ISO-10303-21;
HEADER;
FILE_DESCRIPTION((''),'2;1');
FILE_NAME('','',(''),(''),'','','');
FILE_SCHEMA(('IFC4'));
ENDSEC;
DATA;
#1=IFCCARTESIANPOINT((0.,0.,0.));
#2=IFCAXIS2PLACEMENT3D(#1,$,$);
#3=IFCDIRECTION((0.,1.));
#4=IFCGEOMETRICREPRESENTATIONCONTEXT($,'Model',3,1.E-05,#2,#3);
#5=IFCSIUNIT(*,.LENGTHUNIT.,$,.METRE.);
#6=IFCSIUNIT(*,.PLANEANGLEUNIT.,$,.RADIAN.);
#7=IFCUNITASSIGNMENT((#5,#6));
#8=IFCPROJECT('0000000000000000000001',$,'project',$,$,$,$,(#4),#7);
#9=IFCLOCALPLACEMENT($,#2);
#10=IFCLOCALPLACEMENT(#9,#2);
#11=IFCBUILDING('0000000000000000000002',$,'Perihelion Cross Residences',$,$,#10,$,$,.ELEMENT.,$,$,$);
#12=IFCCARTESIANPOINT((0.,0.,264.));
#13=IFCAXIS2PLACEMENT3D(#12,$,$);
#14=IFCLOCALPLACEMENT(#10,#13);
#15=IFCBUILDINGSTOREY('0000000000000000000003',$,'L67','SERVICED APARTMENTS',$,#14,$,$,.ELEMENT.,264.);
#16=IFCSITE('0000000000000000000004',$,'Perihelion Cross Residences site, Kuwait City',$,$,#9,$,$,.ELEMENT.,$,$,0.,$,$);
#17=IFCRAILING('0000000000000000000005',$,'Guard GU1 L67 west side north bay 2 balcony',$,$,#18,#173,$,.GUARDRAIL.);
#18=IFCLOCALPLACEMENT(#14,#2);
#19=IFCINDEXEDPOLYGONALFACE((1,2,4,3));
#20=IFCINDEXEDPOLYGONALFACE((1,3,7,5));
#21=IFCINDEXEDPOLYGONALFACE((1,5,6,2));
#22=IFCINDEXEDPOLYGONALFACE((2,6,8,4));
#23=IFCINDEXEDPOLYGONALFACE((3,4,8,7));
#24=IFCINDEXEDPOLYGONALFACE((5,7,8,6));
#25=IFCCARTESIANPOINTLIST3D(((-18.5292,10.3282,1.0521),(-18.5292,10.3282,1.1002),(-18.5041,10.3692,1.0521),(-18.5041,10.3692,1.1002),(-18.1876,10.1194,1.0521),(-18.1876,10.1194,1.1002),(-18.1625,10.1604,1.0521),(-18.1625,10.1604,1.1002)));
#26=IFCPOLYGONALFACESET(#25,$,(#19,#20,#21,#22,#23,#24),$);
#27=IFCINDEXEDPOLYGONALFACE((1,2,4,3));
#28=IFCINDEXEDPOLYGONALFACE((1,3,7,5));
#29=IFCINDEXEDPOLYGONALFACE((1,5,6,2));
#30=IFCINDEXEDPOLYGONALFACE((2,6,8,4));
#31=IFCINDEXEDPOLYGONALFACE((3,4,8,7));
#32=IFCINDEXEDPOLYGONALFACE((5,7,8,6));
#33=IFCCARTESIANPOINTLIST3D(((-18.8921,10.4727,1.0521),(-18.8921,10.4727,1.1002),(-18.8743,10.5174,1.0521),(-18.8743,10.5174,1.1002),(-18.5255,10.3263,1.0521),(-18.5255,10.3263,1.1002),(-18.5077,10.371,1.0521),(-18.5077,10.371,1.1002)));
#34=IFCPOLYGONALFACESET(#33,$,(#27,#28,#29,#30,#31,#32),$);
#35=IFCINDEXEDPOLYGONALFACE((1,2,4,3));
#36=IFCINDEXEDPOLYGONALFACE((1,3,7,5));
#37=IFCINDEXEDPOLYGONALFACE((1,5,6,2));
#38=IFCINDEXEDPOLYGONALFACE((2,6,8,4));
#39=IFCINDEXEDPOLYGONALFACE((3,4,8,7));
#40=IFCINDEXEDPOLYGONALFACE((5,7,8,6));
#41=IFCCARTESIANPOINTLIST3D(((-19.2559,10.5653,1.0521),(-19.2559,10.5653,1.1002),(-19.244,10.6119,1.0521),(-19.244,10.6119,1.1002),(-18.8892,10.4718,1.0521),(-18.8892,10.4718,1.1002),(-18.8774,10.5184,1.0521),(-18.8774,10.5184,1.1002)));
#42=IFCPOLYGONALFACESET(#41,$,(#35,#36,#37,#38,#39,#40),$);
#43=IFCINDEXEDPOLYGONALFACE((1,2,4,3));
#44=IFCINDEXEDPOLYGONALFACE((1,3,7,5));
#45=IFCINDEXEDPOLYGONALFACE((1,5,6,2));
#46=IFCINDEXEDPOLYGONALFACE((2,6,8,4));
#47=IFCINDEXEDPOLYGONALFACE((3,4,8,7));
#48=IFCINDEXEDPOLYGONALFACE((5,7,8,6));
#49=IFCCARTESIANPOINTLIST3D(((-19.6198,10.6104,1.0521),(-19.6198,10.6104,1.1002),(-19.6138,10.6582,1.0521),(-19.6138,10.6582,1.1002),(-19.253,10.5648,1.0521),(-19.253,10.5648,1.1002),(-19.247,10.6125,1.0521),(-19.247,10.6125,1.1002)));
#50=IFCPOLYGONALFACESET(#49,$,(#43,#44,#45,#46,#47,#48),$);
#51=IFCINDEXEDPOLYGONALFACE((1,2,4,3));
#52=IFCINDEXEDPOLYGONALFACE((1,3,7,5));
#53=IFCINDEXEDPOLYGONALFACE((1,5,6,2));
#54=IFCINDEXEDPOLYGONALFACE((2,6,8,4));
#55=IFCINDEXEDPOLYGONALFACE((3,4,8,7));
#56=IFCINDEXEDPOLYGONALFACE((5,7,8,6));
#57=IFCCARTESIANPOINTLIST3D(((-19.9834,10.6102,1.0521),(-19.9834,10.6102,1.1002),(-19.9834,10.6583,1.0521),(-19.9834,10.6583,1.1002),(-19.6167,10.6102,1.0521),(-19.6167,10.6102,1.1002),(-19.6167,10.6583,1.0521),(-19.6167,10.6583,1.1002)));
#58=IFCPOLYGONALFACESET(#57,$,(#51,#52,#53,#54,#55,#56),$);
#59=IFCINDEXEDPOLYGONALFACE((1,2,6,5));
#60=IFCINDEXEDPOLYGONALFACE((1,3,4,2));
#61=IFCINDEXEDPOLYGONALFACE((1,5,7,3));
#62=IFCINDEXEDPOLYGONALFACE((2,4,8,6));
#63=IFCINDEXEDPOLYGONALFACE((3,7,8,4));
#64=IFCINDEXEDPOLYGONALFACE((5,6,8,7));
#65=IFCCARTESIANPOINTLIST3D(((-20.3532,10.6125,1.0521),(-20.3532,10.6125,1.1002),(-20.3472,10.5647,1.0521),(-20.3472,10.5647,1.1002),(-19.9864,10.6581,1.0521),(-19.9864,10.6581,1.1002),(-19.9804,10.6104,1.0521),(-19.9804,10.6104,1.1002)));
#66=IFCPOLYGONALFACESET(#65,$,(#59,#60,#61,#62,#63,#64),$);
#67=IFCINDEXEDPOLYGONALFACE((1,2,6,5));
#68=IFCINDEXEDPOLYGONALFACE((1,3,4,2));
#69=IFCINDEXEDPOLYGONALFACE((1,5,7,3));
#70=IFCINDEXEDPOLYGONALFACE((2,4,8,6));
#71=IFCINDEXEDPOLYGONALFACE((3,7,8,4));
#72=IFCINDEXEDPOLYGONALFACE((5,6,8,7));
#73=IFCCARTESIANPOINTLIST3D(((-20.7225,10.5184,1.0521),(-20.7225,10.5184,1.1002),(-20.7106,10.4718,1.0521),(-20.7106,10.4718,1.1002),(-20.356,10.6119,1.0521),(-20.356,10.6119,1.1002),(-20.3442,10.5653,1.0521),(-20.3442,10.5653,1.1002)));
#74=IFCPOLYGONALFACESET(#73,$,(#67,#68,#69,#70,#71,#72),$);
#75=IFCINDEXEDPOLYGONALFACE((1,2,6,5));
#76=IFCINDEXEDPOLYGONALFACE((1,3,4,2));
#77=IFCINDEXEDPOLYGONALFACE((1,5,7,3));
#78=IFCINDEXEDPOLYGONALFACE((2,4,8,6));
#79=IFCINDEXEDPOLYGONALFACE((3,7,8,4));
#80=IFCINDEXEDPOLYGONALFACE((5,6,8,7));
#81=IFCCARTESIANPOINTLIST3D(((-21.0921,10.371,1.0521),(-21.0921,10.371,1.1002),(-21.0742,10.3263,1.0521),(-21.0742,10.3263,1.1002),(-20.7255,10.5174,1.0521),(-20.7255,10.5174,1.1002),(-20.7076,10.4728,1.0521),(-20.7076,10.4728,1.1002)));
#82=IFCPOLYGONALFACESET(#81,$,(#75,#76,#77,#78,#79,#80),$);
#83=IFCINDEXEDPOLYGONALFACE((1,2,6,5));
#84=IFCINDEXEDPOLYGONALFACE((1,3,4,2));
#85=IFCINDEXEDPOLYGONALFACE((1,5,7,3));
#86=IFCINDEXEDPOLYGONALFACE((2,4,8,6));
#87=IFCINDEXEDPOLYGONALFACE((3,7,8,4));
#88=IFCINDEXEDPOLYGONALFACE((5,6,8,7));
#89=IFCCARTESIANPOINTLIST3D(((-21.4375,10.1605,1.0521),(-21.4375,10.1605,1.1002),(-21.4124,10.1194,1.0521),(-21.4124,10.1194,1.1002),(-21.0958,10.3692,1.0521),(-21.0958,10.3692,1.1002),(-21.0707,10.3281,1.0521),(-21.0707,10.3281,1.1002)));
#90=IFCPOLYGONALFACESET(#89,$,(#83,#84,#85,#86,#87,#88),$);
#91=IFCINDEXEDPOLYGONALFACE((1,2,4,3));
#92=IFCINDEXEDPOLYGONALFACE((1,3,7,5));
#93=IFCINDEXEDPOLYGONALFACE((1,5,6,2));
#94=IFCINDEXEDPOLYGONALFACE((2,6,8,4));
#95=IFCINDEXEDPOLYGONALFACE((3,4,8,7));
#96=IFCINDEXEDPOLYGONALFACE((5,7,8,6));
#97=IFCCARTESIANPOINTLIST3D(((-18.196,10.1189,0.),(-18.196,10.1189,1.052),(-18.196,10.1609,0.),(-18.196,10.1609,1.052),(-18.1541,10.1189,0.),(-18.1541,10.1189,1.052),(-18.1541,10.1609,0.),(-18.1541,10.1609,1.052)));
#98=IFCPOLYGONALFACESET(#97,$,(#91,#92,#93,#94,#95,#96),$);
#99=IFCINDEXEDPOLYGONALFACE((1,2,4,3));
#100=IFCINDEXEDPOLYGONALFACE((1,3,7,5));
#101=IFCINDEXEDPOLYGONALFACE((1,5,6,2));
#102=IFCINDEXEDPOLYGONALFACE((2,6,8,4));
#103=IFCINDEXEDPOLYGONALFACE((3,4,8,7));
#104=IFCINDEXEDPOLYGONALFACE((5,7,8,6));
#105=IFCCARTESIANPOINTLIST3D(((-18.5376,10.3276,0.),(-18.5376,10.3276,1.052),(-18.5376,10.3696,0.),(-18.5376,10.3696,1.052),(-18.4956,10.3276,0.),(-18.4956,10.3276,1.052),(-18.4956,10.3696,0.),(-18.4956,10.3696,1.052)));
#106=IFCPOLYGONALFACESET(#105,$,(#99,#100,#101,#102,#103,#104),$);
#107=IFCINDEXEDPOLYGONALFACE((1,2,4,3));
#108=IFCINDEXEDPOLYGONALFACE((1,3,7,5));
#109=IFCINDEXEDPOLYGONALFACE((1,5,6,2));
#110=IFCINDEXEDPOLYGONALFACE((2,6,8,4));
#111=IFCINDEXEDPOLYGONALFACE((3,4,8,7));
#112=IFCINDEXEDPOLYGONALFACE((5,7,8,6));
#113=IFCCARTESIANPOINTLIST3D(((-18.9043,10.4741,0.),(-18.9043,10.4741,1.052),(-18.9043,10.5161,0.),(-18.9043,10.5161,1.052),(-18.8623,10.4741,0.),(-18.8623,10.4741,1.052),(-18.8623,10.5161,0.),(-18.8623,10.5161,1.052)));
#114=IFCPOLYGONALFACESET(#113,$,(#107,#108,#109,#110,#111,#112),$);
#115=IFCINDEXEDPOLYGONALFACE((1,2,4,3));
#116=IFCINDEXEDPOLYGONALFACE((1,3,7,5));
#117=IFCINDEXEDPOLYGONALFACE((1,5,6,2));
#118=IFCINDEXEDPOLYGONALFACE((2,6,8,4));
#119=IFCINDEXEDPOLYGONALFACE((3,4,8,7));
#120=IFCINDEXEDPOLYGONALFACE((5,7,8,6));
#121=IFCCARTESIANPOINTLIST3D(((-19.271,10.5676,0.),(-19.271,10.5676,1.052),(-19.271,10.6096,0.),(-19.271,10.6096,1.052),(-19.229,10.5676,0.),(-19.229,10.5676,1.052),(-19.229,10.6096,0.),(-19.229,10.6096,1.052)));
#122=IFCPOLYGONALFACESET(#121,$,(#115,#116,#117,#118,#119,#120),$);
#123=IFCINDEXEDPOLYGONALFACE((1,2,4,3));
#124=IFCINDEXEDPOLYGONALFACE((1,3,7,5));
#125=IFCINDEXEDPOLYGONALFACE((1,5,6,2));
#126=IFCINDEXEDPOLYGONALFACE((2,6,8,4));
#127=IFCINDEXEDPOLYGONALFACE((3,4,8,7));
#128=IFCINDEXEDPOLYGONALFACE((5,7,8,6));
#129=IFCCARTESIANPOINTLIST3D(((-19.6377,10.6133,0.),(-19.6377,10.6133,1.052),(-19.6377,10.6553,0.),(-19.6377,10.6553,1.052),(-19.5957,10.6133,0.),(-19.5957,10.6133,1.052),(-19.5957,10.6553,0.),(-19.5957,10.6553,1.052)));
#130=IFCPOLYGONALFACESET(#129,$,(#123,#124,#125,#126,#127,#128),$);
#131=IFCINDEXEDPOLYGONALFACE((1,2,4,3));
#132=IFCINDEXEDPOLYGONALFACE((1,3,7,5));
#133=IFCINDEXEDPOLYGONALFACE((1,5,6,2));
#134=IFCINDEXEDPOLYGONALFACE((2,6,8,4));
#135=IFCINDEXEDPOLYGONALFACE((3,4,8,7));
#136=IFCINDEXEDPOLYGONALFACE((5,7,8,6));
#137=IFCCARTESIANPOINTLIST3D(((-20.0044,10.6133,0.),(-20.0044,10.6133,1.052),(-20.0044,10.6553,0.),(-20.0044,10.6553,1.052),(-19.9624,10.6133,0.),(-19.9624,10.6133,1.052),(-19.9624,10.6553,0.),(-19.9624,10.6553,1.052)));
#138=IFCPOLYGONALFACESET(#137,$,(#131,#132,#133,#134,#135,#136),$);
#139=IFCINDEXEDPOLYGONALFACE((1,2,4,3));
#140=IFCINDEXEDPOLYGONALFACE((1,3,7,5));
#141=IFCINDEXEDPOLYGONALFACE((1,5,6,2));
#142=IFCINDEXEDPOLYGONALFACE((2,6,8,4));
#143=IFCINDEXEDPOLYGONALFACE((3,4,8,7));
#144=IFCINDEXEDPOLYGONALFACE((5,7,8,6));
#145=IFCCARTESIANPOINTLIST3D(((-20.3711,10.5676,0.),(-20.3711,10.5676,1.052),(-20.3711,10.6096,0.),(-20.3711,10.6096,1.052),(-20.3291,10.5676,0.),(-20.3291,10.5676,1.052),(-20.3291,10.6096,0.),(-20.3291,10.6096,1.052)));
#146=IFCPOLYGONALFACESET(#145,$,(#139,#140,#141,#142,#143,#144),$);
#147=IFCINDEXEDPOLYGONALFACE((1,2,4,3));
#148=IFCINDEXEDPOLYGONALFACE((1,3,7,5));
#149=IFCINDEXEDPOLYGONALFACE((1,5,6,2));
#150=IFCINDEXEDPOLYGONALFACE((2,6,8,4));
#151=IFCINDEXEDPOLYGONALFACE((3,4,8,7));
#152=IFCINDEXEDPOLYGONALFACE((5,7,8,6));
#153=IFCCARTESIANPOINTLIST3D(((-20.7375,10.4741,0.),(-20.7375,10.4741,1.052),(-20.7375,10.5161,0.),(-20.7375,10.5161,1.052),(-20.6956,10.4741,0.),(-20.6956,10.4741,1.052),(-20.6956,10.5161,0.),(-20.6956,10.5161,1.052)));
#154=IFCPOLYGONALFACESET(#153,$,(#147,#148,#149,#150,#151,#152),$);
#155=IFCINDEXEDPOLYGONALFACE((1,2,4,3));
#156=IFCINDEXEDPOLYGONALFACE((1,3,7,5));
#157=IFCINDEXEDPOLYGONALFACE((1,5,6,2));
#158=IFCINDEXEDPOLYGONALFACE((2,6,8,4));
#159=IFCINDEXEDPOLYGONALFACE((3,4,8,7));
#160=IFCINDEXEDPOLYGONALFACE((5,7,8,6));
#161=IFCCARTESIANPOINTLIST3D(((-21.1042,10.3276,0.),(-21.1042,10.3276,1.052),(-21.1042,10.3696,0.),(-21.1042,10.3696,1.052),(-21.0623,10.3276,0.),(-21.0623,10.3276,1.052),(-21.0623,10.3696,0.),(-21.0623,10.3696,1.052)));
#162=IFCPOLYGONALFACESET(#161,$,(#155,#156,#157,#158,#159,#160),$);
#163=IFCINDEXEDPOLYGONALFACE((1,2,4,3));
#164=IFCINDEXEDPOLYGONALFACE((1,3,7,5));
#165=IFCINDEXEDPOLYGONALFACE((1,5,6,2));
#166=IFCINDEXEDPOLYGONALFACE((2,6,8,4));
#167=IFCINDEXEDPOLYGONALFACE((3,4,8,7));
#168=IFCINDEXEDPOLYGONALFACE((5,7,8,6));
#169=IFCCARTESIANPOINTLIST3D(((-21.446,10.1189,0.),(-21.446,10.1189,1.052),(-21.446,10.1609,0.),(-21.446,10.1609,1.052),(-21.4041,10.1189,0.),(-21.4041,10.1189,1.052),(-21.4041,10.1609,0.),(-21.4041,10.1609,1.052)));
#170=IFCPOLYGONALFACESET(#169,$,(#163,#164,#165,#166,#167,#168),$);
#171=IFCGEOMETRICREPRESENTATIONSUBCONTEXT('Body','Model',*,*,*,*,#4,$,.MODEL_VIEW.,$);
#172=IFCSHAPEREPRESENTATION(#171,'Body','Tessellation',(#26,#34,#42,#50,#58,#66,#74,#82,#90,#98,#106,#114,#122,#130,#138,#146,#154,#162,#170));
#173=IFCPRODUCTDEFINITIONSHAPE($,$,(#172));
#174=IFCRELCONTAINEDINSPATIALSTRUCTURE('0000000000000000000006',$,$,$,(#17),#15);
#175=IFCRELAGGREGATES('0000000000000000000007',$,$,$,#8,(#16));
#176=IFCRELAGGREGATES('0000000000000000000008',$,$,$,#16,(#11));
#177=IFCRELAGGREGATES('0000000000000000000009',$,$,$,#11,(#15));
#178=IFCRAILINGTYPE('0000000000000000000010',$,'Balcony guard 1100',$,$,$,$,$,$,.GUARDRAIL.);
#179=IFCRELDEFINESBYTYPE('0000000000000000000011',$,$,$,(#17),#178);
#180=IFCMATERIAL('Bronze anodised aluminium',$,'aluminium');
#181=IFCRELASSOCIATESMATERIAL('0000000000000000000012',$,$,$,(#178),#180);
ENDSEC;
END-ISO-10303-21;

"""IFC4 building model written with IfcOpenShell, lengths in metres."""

from ifc_helpers import new_model, si_unit, direction, frame, origin, origin_2d, place, context, subcontext, project, spatial, rectangle, extrude, material, type_object, element, save


model = new_model("IFC4")

# Units and contexts
model_context = context("Model", 3, precision=1e-05, world=origin(), true_north=direction((0.0, 1.0)))
body_context = subcontext(model_context, "Body", "Model", "MODEL_VIEW")
ifc_project = project(units=[si_unit("LENGTHUNIT", "METRE"), si_unit("PLANEANGLEUNIT", "RADIAN")], contexts=[model_context])

# Site, building, storey
site_placement = place(None, origin())
site = spatial("IfcSite", under=ifc_project, at=site_placement, Name="Perihelion Cross Residences site, Kuwait City", CompositionType="ELEMENT", RefElevation=0.0)
building_placement = place(site_placement, origin())
building = spatial("IfcBuilding", under=site, at=building_placement, Name="Perihelion Cross Residences", CompositionType="ELEMENT")
storey_placement = place(building_placement, frame((0.0, 0.0, 264.0)))
storey = spatial("IfcBuildingStorey", under=building, at=storey_placement, Name="L67", Description="SERVICED APARTMENTS", CompositionType="ELEMENT", Elevation=264.0)

# Railing
ifc_material_1 = material(Name="Bronze anodised aluminium", Category="aluminium")
railing_type = type_object("IfcRailingType", Name="Balcony guard 1100", PredefinedType="GUARDRAIL", material=ifc_material_1)
railing_placement = place(storey_placement, frame((-18.175, 10.1399, 0.0)))
element("IfcRailing", 1, at=railing_placement, inside=storey, type_object=railing_type, Name="Guard GU1 L67 west side north bay 2 balcony", PredefinedType="GUARDRAIL", context=body_context, shape_type="SweptSolid", body=[
    extrude(rectangle(XDim=0.0481, YDim=0.0481, at=origin_2d()), frame((0.0, 0.0, 1.0762), z_axis=(-0.853267, 0.521475, 0.0), x_axis=(-0.521475, -0.853267, 0.0)), (0.0, 0.0, 1.0), 0.4004),
    extrude(rectangle(XDim=0.0481, YDim=0.0481, at=origin_2d()), frame((-0.3416, 0.2087, 1.0762), z_axis=(-0.928647, 0.370964, 0.0), x_axis=(-0.370964, -0.928647, 0.0)), (0.0, 0.0, 1.0), 0.3948),
    extrude(rectangle(XDim=0.0481, YDim=0.0481, at=origin_2d()), frame((-0.7083, 0.3552, 1.0762), z_axis=(-0.968993, 0.247087, 0.0), x_axis=(-0.247087, -0.968993, 0.0)), (0.0, 0.0, 1.0), 0.3784),
    extrude(rectangle(XDim=0.0481, YDim=0.0481, at=origin_2d()), frame((-1.075, 0.4487, 1.0762), z_axis=(-0.992339, 0.123547, 0.0), x_axis=(-0.123547, -0.992339, 0.0)), (0.0, 0.0, 1.0), 0.3696),
    extrude(rectangle(XDim=0.0481, YDim=0.0481, at=origin_2d()), frame((-1.4417, 0.4944, 1.0762), z_axis=(-1.0, 0.0, 0.0), x_axis=(0.0, -1.0, 0.0)), (0.0, 0.0, 1.0), 0.3667),
    extrude(rectangle(XDim=0.0481, YDim=0.0481, at=origin_2d()), frame((-1.8083, 0.4944, 1.0762), z_axis=(-0.992339, -0.123547, 0.0), x_axis=(0.123547, -0.992339, 0.0)), (0.0, 0.0, 1.0), 0.3696),
    extrude(rectangle(XDim=0.0481, YDim=0.0481, at=origin_2d()), frame((-2.175, 0.4487, 1.0762), z_axis=(-0.968954, -0.247241, 0.0), x_axis=(0.247241, -0.968954, 0.0)), (0.0, 0.0, 1.0), 0.3782),
    extrude(rectangle(XDim=0.0481, YDim=0.0481, at=origin_2d()), frame((-2.5415, 0.3552, 1.0762), z_axis=(-0.928647, -0.370964, 0.0), x_axis=(0.370964, -0.928647, 0.0)), (0.0, 0.0, 1.0), 0.3948),
    extrude(rectangle(XDim=0.0481, YDim=0.0481, at=origin_2d()), frame((-2.9082, 0.2087, 1.0762), z_axis=(-0.853432, -0.521203, 0.0), x_axis=(0.521203, -0.853432, 0.0)), (0.0, 0.0, 1.0), 0.4004),
    extrude(rectangle(XDim=0.042, YDim=0.042, at=origin_2d()), origin(), (0.0, 0.0, 1.0), 1.052),
    extrude(rectangle(XDim=0.042, YDim=0.042, at=origin_2d()), frame((-0.3416, 0.2087, 0.0)), (0.0, 0.0, 1.0), 1.052),
    extrude(rectangle(XDim=0.042, YDim=0.042, at=origin_2d()), frame((-0.7083, 0.3552, 0.0)), (0.0, 0.0, 1.0), 1.052),
    extrude(rectangle(XDim=0.042, YDim=0.042, at=origin_2d()), frame((-1.075, 0.4487, 0.0)), (0.0, 0.0, 1.0), 1.052),
    extrude(rectangle(XDim=0.042, YDim=0.042, at=origin_2d()), frame((-1.4417, 0.4944, 0.0)), (0.0, 0.0, 1.0), 1.052),
    extrude(rectangle(XDim=0.042, YDim=0.042, at=origin_2d()), frame((-1.8083, 0.4944, 0.0)), (0.0, 0.0, 1.0), 1.052),
    extrude(rectangle(XDim=0.042, YDim=0.042, at=origin_2d()), frame((-2.175, 0.4487, 0.0)), (0.0, 0.0, 1.0), 1.052),
    extrude(rectangle(XDim=0.042, YDim=0.042, at=origin_2d()), frame((-2.5415, 0.3552, 0.0)), (0.0, 0.0, 1.0), 1.052),
    extrude(rectangle(XDim=0.042, YDim=0.042, at=origin_2d()), frame((-2.9082, 0.2087, 0.0)), (0.0, 0.0, 1.0), 1.052),
    extrude(rectangle(XDim=0.042, YDim=0.042, at=origin_2d()), frame((-3.25, 0.0, 0.0)), (0.0, 0.0, 1.0), 1.052),
])

save(model, "model.ifc")
